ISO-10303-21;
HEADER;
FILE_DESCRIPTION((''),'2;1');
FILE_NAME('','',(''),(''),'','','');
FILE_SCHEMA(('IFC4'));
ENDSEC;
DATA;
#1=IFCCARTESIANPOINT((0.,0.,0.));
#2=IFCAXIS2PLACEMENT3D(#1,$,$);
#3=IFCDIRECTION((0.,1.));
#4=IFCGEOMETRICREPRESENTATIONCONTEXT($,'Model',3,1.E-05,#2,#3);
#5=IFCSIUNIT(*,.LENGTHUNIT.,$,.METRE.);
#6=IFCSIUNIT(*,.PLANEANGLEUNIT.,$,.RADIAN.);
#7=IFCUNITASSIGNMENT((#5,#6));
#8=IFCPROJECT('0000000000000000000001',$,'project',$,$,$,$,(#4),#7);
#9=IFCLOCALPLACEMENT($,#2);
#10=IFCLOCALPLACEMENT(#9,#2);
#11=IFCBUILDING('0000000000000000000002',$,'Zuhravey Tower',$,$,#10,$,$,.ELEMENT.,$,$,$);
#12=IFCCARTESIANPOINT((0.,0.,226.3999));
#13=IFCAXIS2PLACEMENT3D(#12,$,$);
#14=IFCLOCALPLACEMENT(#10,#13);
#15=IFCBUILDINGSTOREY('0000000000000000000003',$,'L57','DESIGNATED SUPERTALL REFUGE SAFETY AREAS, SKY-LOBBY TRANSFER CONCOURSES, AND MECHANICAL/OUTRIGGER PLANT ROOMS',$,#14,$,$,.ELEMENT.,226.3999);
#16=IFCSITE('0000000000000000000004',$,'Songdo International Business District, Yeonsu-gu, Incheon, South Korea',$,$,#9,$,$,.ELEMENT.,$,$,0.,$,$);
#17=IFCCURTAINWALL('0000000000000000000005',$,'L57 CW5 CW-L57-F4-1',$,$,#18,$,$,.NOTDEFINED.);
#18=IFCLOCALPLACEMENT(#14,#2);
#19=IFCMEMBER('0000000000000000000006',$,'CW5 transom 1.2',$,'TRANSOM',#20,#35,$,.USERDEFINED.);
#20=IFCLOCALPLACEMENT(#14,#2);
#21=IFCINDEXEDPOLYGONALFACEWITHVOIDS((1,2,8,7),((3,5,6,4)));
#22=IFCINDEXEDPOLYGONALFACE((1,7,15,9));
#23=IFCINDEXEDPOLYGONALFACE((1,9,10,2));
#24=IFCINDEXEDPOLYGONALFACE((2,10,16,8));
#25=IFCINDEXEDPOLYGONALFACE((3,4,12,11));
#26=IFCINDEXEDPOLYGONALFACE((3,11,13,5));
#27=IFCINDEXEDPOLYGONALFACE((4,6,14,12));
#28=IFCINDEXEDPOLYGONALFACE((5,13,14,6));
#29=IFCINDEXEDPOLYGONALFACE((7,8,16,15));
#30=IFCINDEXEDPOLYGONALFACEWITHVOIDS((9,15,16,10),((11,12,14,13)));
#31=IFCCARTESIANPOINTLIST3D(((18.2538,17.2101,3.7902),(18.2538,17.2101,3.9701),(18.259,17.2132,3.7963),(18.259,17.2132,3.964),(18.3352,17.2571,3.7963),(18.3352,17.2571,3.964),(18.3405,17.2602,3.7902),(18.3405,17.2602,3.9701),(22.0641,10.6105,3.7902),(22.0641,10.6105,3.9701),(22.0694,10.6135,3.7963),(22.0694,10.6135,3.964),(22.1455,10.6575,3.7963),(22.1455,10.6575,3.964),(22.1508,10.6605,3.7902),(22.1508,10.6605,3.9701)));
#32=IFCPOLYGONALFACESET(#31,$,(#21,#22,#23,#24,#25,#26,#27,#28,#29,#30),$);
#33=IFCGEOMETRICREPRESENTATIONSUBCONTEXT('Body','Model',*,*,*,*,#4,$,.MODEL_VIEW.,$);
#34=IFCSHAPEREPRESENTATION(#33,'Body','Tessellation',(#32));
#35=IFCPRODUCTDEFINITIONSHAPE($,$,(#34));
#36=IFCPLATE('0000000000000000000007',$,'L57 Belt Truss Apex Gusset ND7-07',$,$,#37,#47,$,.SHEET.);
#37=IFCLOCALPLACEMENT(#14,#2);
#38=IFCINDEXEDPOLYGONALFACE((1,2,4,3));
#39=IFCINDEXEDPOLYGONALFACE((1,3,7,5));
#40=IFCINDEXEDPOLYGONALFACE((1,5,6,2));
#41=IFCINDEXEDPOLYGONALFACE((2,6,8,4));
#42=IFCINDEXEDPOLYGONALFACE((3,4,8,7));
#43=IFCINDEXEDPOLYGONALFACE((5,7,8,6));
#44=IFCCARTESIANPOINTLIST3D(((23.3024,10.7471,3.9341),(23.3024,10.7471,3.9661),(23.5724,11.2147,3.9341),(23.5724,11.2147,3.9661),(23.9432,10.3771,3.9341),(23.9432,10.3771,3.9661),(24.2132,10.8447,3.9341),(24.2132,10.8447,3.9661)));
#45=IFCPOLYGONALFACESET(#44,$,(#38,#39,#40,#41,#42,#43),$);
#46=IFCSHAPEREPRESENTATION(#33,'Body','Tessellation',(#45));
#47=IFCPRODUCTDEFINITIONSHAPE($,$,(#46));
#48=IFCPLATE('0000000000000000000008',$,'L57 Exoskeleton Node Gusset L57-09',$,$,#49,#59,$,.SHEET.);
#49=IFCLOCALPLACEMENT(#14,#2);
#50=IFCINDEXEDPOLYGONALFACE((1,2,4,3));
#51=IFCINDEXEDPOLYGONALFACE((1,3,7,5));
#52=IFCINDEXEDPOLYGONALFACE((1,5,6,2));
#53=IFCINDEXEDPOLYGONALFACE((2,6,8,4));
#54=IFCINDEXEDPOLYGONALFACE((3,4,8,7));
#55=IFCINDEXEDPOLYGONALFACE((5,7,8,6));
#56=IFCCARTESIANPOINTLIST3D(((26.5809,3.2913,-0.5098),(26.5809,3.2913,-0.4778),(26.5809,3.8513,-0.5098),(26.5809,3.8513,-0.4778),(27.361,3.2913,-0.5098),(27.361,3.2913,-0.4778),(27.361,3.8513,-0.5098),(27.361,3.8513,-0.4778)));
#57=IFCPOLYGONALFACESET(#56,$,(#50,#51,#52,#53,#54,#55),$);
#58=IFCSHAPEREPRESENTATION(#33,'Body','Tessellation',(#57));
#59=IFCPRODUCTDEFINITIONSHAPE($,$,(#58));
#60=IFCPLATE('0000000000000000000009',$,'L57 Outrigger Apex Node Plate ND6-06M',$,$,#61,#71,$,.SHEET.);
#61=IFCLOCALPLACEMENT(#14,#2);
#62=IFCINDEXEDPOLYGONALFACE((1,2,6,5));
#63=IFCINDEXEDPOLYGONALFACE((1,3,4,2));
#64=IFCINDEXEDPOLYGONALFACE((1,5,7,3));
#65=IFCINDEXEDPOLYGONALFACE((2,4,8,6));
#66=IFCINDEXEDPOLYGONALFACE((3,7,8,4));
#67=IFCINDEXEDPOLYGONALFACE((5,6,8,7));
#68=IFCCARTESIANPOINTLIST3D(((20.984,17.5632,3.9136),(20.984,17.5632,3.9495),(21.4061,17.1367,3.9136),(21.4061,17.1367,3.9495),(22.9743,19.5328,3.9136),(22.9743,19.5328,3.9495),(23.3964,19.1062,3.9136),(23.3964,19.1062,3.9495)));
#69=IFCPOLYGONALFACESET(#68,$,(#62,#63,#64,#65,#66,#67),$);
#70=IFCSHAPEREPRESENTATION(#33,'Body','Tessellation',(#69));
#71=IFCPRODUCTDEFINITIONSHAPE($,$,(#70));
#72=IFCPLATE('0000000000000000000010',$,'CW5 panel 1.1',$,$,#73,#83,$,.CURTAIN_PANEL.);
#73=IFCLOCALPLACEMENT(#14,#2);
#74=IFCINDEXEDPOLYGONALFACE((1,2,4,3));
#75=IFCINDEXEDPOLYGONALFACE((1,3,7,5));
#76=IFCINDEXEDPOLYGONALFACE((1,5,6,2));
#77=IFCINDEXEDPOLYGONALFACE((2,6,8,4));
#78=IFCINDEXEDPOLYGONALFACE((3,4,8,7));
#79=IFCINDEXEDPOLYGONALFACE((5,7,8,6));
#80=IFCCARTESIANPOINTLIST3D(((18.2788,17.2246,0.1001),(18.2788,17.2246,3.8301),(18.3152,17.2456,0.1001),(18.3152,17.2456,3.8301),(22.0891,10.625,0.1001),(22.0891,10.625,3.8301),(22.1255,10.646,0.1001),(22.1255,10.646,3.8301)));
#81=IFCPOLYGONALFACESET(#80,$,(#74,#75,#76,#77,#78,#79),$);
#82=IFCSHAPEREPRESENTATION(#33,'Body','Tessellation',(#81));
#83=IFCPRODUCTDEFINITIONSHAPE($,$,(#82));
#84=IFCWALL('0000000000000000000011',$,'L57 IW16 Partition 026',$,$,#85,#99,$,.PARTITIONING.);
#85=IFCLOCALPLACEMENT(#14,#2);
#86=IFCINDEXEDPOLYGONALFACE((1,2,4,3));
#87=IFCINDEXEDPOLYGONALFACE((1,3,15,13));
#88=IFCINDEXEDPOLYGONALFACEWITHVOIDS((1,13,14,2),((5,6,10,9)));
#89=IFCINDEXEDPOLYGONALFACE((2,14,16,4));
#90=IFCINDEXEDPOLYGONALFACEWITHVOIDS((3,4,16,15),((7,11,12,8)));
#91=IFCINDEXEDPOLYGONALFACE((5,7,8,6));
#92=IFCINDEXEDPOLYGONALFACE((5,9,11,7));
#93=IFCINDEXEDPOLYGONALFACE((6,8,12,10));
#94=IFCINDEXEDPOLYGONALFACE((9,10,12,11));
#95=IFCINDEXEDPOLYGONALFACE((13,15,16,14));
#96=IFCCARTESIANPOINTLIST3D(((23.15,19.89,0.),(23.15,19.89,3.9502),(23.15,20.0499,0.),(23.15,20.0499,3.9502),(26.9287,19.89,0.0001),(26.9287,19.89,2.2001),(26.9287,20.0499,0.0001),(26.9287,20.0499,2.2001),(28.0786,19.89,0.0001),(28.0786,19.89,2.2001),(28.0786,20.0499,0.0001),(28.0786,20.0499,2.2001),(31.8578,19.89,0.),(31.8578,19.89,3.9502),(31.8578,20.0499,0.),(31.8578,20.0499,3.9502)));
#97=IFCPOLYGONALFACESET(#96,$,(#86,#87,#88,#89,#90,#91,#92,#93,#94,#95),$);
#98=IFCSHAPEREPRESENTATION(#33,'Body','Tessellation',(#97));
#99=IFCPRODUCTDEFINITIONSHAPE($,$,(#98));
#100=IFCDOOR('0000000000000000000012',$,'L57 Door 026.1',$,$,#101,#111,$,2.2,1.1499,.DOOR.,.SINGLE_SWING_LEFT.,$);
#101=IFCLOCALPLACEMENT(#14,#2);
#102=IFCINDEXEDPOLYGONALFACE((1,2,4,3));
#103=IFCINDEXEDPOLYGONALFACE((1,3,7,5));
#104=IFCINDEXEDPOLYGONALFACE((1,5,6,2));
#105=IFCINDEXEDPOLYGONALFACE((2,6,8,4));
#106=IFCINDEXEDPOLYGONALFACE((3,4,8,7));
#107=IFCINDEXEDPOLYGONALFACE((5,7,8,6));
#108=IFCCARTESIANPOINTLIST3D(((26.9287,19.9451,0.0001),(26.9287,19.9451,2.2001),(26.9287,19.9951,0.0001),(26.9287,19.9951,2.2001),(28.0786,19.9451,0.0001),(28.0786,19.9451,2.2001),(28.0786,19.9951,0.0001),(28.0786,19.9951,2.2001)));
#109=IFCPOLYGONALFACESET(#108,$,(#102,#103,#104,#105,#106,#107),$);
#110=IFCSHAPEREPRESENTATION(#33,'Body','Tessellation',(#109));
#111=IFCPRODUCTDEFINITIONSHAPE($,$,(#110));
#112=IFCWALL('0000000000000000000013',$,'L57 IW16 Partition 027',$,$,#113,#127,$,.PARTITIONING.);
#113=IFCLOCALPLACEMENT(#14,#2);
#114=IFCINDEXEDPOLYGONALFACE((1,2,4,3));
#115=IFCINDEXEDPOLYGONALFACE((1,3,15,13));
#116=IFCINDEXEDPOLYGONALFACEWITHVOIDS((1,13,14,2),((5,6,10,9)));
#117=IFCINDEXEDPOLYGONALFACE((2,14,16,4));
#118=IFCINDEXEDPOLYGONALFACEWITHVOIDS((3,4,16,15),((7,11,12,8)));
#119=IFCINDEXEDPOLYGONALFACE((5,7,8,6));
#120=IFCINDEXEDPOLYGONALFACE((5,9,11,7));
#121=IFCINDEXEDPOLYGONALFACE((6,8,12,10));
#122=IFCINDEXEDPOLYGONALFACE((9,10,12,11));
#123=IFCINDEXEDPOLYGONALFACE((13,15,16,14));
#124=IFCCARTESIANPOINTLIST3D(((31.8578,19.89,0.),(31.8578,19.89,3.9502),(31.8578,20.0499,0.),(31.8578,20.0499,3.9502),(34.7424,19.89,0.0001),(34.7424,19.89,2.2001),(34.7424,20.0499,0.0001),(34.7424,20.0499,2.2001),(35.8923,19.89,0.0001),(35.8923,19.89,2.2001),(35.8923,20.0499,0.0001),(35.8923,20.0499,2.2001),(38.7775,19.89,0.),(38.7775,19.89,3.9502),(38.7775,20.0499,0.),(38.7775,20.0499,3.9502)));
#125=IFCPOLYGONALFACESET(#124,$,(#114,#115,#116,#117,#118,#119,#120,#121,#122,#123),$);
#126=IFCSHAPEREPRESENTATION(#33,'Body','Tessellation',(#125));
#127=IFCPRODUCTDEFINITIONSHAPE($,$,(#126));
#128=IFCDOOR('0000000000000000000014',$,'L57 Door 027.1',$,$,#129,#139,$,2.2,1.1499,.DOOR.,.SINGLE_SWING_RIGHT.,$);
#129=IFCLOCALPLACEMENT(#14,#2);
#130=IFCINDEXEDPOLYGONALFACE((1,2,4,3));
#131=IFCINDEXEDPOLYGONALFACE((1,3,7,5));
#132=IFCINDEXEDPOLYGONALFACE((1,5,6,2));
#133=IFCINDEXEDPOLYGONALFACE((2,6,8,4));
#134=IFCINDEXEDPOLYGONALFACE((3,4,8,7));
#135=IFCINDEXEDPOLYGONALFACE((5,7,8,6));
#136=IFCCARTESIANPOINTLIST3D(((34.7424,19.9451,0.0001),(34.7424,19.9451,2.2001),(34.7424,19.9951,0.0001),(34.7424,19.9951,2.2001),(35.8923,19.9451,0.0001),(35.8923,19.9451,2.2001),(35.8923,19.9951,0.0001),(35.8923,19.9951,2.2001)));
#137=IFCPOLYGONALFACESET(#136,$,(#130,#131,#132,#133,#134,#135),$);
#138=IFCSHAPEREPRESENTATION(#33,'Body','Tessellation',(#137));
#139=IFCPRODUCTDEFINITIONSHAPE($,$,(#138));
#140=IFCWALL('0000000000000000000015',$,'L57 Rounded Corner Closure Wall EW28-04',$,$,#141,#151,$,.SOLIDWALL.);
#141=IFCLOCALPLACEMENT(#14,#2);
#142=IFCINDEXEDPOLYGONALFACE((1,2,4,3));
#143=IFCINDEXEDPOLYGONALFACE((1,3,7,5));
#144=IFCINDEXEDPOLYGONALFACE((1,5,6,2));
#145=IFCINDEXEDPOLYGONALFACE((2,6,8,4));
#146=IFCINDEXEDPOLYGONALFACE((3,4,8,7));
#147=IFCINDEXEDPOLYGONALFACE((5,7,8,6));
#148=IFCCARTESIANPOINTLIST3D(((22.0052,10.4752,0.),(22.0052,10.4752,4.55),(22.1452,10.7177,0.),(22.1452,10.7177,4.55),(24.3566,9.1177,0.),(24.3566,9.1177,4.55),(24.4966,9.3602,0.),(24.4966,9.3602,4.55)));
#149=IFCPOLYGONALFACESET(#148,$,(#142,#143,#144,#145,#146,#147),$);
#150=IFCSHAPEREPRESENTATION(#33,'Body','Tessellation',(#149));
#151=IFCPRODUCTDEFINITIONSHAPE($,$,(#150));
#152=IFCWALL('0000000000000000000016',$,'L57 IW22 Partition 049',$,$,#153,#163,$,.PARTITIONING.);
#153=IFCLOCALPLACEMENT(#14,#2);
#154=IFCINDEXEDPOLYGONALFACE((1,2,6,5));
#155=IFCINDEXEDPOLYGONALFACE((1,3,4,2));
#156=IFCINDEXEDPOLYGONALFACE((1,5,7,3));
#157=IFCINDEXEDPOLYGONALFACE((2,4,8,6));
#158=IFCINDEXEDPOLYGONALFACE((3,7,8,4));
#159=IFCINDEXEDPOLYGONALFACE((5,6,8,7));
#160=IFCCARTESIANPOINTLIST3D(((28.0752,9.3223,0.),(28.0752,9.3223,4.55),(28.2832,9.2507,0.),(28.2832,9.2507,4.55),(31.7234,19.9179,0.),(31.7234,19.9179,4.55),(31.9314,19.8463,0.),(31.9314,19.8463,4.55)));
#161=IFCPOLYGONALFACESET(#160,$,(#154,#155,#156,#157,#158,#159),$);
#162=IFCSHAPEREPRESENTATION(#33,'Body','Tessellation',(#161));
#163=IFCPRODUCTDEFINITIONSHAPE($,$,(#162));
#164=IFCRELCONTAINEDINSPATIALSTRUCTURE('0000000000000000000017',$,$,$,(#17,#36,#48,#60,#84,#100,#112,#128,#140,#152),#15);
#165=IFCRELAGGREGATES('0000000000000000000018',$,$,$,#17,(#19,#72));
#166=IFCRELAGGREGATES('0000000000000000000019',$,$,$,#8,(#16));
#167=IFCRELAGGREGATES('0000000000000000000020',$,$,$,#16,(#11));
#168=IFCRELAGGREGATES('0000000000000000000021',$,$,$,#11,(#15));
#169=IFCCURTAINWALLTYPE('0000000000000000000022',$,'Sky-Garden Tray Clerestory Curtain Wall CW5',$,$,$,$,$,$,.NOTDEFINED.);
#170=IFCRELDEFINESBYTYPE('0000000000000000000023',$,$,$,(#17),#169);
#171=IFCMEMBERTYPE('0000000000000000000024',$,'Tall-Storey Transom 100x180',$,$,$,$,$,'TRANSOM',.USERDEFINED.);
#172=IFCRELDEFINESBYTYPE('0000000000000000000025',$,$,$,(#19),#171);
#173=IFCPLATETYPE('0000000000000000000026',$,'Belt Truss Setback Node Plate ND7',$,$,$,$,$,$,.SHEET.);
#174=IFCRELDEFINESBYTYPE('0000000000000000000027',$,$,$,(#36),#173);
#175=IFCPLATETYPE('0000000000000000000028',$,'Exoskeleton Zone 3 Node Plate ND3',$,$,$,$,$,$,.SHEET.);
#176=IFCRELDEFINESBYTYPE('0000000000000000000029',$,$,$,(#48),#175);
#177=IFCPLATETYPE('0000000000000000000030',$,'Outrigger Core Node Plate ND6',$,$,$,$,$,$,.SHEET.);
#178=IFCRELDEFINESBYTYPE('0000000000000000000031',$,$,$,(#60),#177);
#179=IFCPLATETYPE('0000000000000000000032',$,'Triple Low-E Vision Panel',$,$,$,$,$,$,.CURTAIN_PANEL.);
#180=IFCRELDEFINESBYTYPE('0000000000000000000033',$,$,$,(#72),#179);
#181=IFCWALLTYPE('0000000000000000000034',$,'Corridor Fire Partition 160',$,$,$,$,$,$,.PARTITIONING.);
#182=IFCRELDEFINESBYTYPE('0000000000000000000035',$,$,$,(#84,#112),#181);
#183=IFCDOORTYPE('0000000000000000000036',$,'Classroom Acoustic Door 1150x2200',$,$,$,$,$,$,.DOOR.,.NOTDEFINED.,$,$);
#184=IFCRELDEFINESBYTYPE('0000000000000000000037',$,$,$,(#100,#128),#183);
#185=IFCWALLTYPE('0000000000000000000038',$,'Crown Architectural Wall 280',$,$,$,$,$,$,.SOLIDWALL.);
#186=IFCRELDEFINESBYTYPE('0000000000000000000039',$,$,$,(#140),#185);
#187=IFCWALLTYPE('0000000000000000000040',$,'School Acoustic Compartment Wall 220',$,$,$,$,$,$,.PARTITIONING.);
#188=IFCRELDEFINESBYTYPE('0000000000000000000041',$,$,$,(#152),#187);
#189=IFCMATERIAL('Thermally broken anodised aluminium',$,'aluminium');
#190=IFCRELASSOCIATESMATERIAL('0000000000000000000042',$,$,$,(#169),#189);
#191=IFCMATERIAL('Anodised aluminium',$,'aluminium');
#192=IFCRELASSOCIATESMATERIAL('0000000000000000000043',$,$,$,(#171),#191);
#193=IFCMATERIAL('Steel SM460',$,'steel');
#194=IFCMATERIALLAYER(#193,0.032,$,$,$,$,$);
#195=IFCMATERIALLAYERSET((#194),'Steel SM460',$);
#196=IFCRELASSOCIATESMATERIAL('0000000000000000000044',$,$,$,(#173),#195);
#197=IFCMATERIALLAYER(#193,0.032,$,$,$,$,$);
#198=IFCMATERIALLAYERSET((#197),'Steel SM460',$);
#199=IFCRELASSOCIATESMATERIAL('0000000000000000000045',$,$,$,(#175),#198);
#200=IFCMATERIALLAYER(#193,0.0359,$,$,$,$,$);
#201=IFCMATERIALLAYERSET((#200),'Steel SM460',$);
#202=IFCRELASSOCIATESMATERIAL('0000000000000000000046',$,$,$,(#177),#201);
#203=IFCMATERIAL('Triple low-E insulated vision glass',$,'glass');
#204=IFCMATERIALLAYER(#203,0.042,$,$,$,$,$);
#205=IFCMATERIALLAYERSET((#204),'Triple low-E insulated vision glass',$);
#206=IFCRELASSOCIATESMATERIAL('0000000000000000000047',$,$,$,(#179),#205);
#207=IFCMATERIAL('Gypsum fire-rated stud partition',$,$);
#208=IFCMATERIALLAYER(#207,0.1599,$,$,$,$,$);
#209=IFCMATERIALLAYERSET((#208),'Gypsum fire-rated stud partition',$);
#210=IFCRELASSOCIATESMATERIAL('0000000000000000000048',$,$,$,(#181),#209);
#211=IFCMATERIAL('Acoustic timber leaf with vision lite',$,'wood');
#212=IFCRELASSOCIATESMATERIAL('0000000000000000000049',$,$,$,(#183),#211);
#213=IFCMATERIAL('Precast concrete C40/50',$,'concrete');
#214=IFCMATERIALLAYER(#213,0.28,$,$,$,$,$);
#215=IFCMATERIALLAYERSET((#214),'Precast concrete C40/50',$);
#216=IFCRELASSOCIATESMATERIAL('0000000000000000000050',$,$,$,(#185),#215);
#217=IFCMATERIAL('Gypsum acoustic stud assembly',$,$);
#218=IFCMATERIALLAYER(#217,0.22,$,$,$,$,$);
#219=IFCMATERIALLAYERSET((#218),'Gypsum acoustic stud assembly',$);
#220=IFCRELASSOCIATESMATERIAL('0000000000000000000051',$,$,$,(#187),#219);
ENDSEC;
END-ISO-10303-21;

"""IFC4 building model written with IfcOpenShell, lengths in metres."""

from ifc_helpers import new_model, si_unit, direction, frame, frame_2d, origin, origin_2d, place, context, subcontext, project, spatial, rectangle, hollow_rectangle, extrude, material, layer, layer_set, material_profile, profile_set, type_object, element, fill, aggregate, save


model = new_model("IFC4")

# Units and contexts
model_context = context("Model", 3, precision=1e-05, world=origin(), true_north=direction((0.0, 1.0)))
body_context = subcontext(model_context, "Body", "Model", "MODEL_VIEW")
ifc_project = project(units=[si_unit("LENGTHUNIT", "METRE"), si_unit("PLANEANGLEUNIT", "RADIAN")], contexts=[model_context])

# Site, building, storey
site_placement = place(None, origin())
site = spatial("IfcSite", under=ifc_project, at=site_placement, Name="Songdo International Business District, Yeonsu-gu, Incheon, South Korea", CompositionType="ELEMENT", RefElevation=0.0)
building_placement = place(site_placement, origin())
building = spatial("IfcBuilding", under=site, at=building_placement, Name="Zuhravey Tower", CompositionType="ELEMENT")
storey_placement = place(building_placement, frame((0.0, 0.0, 226.3999)))
storey = spatial("IfcBuildingStorey", under=building, at=storey_placement, Name="L57", Description="DESIGNATED SUPERTALL REFUGE SAFETY AREAS, SKY-LOBBY TRANSFER CONCOURSES, AND MECHANICAL/OUTRIGGER PLANT ROOMS", CompositionType="ELEMENT", Elevation=226.3999)

# Shared definitions
ifc_material_1 = material(Name="Steel SM460", Category="steel")

# Curtain wall
ifc_material_2 = material(Name="Thermally broken anodised aluminium", Category="aluminium")
curtain_wall_type = type_object("IfcCurtainWallType", Name="Sky-Garden Tray Clerestory Curtain Wall CW5", PredefinedType="NOTDEFINED", material=ifc_material_2)
curtain_wall_placement = place(storey_placement, origin())
curtain_wall = element("IfcCurtainWall", 1, at=curtain_wall_placement, inside=storey, type_object=curtain_wall_type, Name="L57 CW5 CW-L57-F4-1", PredefinedType="NOTDEFINED")
ifc_material_3 = material(Name="Anodised aluminium", Category="aluminium")

# Member
ifc_material_profile_1 = material_profile(ifc_material_3, hollow_rectangle(XDim=0.1001, YDim=0.1799, WallThickness=0.0061, at=origin_2d()), Name="ALU-RHS-100x180x6")
ifc_profile_set_1 = profile_set([ifc_material_profile_1], Name="Anodised aluminium")
member_type_1 = type_object("IfcMemberType", Name="Tall-Storey Transom 100x180", ElementType="TRANSOM", PredefinedType="USERDEFINED", material=ifc_profile_set_1)
member_1_placement = place(storey_placement, frame((22.1074, 10.6355, 3.8801), z_axis=(-0.500002, 0.866024, 0.0), x_axis=(-0.866024, -0.500002, 0.0)))
member_1 = element("IfcMember", 2, at=member_1_placement, type_object=member_type_1, Name="CW5 transom 1.2", ObjectType="TRANSOM", PredefinedType="USERDEFINED", context=body_context, shape_type="SweptSolid", body=[
    extrude(hollow_rectangle(XDim=0.1001, YDim=0.1799, WallThickness=0.0061, at=origin_2d()), origin(), (0.0, 0.0, 1.0), 7.6206),
])

# Plates
ifc_layer_1 = layer(ifc_material_1, 0.032)
ifc_layer_set_1 = layer_set([ifc_layer_1], Name="Steel SM460")
plate_type_1 = type_object("IfcPlateType", Name="Belt Truss Setback Node Plate ND7", PredefinedType="SHEET", material=ifc_layer_set_1)
plate_1_placement = place(storey_placement, frame((23.7578, 10.7959, 3.9341), z_axis=(0.0, 0.0, 1.0), x_axis=(0.866025, -0.5, 0.0)))
element("IfcPlate", 3, at=plate_1_placement, inside=storey, type_object=plate_type_1, Name="L57 Belt Truss Apex Gusset ND7-07", PredefinedType="SHEET", context=body_context, shape_type="SweptSolid", body=[
    extrude(rectangle(XDim=0.74, YDim=0.54, at=origin_2d()), origin(), (0.0, 0.0, 1.0), 0.032),
])
ifc_layer_2 = layer(ifc_material_1, 0.032)
ifc_layer_set_2 = layer_set([ifc_layer_2], Name="Steel SM460")
plate_type_2 = type_object("IfcPlateType", Name="Exoskeleton Zone 3 Node Plate ND3", PredefinedType="SHEET", material=ifc_layer_set_2)
plate_2_placement = place(storey_placement, frame((26.9709, 3.5713, -0.5098), z_axis=(0.0, 0.0, 1.0), x_axis=(1.0, 0.0, 0.0)))
element("IfcPlate", 4, at=plate_2_placement, inside=storey, type_object=plate_type_2, Name="L57 Exoskeleton Node Gusset L57-09", PredefinedType="SHEET", context=body_context, shape_type="SweptSolid", body=[
    extrude(rectangle(XDim=0.78, YDim=0.5601, at=origin_2d()), origin(), (0.0, 0.0, 1.0), 0.032),
])
ifc_layer_3 = layer(ifc_material_1, 0.0359)
ifc_layer_set_3 = layer_set([ifc_layer_3], Name="Steel SM460")
plate_type_3 = type_object("IfcPlateType", Name="Outrigger Core Node Plate ND6", PredefinedType="SHEET", material=ifc_layer_set_3)
plate_3_placement = place(storey_placement, frame((22.1902, 18.3347, 3.9136), z_axis=(0.0, 0.0, 1.0), x_axis=(-0.710799, -0.703395, 0.0)))
element("IfcPlate", 5, at=plate_3_placement, inside=storey, type_object=plate_type_3, Name="L57 Outrigger Apex Node Plate ND6-06M", PredefinedType="SHEET", context=body_context, shape_type="SweptSolid", body=[
    extrude(rectangle(XDim=2.8, YDim=0.6001, at=origin_2d()), origin(), (0.0, 0.0, 1.0), 0.0359),
])

# Plate
ifc_material_4 = material(Name="Triple low-E insulated vision glass", Category="glass")
ifc_layer_4 = layer(ifc_material_4, 0.042)
ifc_layer_set_4 = layer_set([ifc_layer_4], Name="Triple low-E insulated vision glass")
plate_type_4 = type_object("IfcPlateType", Name="Triple Low-E Vision Panel", PredefinedType="CURTAIN_PANEL", material=ifc_layer_set_4)
plate_4_placement = place(storey_placement, frame((20.2021, 13.9353, 0.1001), z_axis=(0.0, 0.0, 1.0), x_axis=(-0.5, 0.866025, 0.0)))
plate_4 = element("IfcPlate", 6, at=plate_4_placement, type_object=plate_type_4, Name="CW5 panel 1.1", PredefinedType="CURTAIN_PANEL", context=body_context, shape_type="SweptSolid", body=[
    extrude(rectangle(XDim=7.6206, YDim=0.042, at=origin_2d()), origin(), (0.0, 0.0, 1.0), 3.73),
])
aggregate(curtain_wall, [member_1, plate_4])

# Walls, openings, doors
ifc_material_5 = material(Name="Gypsum fire-rated stud partition")
ifc_layer_5 = layer(ifc_material_5, 0.1599)
ifc_layer_set_5 = layer_set([ifc_layer_5], Name="Gypsum fire-rated stud partition")
wall_type_1 = type_object("IfcWallType", Name="Corridor Fire Partition 160", PredefinedType="PARTITIONING", material=ifc_layer_set_5)
wall_1_placement = place(storey_placement, frame((23.1499, 19.97, 0.0), z_axis=(0.0, 0.0, 1.0), x_axis=(1.0, 0.0, 0.0)))
wall_1 = element("IfcWall", 7, at=wall_1_placement, inside=storey, type_object=wall_type_1, Name="L57 IW16 Partition 026", PredefinedType="PARTITIONING", context=body_context, shape_type="SweptSolid", body=[
    extrude(rectangle(XDim=8.7078, YDim=0.1599, at=frame_2d((4.354, 0.0))), origin(), (0.0, 0.0, 1.0), 3.9502),
])
opening_1_placement = place(wall_1_placement, frame((3.7788, 0.0, 0.0)))
opening_1 = element("IfcOpeningElement", 8, at=opening_1_placement, cuts=wall_1, PredefinedType="OPENING", context=body_context, shape_type="SweptSolid", body=[
    extrude(rectangle(XDim=1.1499, YDim=2.2, at=frame_2d((0.575, 1.1001))), frame((0.0, 0.092, 0.0), z_axis=(0.0, -1.0, 0.0), x_axis=(1.0, 0.0, 0.0)), (0.0, 0.0, 1.0), 0.1838),
])
ifc_material_6 = material(Name="Acoustic timber leaf with vision lite", Category="wood")
door_type = type_object("IfcDoorType", Name="Classroom Acoustic Door 1150x2200", OperationType="NOTDEFINED", PredefinedType="DOOR", material=ifc_material_6)
door_1_placement = place(opening_1_placement, frame((1.1499, 0.0, 0.0), z_axis=(0.0, 0.0, 1.0), x_axis=(-1.0, 0.0, 0.0)))
door_1 = element("IfcDoor", 9, at=door_1_placement, inside=storey, type_object=door_type, Name="L57 Door 026.1", OperationType="SINGLE_SWING_LEFT", OverallHeight=2.2, OverallWidth=1.1499, PredefinedType="DOOR", context=body_context, shape_type="SweptSolid", body=[
    extrude(rectangle(XDim=1.1499, YDim=2.2, at=frame_2d((0.575, 1.1001))), frame((0.0, 0.0249, 0.0), z_axis=(0.0, -1.0, 0.0), x_axis=(1.0, 0.0, 0.0)), (0.0, 0.0, 1.0), 0.05),
])
fill(opening_1, door_1)
wall_2_placement = place(storey_placement, frame((31.8577, 19.97, 0.0), z_axis=(0.0, 0.0, 1.0), x_axis=(1.0, 0.0, 0.0)))
wall_2 = element("IfcWall", 10, at=wall_2_placement, inside=storey, type_object=wall_type_1, Name="L57 IW16 Partition 027", PredefinedType="PARTITIONING", context=body_context, shape_type="SweptSolid", body=[
    extrude(rectangle(XDim=6.9197, YDim=0.1599, at=frame_2d((3.46, 0.0))), origin(), (0.0, 0.0, 1.0), 3.9502),
])
opening_2_placement = place(wall_2_placement, frame((2.8848, 0.0, 0.0)))
opening_2 = element("IfcOpeningElement", 11, at=opening_2_placement, cuts=wall_2, PredefinedType="OPENING", context=body_context, shape_type="SweptSolid", body=[
    extrude(rectangle(XDim=1.1499, YDim=2.2, at=frame_2d((0.575, 1.1001))), frame((0.0, 0.092, 0.0), z_axis=(0.0, -1.0, 0.0), x_axis=(1.0, 0.0, 0.0)), (0.0, 0.0, 1.0), 0.1838),
])
door_2_placement = place(opening_2_placement, frame((1.1499, 0.0, 0.0), z_axis=(0.0, 0.0, 1.0), x_axis=(-1.0, 0.0, 0.0)))
door_2 = element("IfcDoor", 12, at=door_2_placement, inside=storey, type_object=door_type, Name="L57 Door 027.1", OperationType="SINGLE_SWING_RIGHT", OverallHeight=2.2, OverallWidth=1.1499, PredefinedType="DOOR", context=body_context, shape_type="SweptSolid", body=[
    extrude(rectangle(XDim=1.1499, YDim=2.2, at=frame_2d((0.575, 1.1001))), frame((0.0, 0.0249, 0.0), z_axis=(0.0, -1.0, 0.0), x_axis=(1.0, 0.0, 0.0)), (0.0, 0.0, 1.0), 0.05),
])
fill(opening_2, door_2)

# Walls
ifc_material_7 = material(Name="Precast concrete C40/50", Category="concrete")
ifc_layer_6 = layer(ifc_material_7, 0.28)
ifc_layer_set_6 = layer_set([ifc_layer_6], Name="Precast concrete C40/50")
wall_type_2 = type_object("IfcWallType", Name="Crown Architectural Wall 280", PredefinedType="SOLIDWALL", material=ifc_layer_set_6)
wall_3_placement = place(storey_placement, frame((24.4265, 9.239, 0.0), z_axis=(0.0, 0.0, 1.0), x_axis=(-0.866043, 0.499969, 0.0)))
element("IfcWall", 13, at=wall_3_placement, inside=storey, type_object=wall_type_2, Name="L57 Rounded Corner Closure Wall EW28-04", PredefinedType="SOLIDWALL", context=body_context, shape_type="SweptSolid", body=[
    extrude(rectangle(XDim=2.7151, YDim=0.28, at=frame_2d((1.3574, 0.0))), origin(), (0.0, 0.0, 1.0), 4.55),
])
ifc_material_8 = material(Name="Gypsum acoustic stud assembly")
ifc_layer_7 = layer(ifc_material_8, 0.22)
ifc_layer_set_7 = layer_set([ifc_layer_7], Name="Gypsum acoustic stud assembly")
wall_type_3 = type_object("IfcWallType", Name="School Acoustic Compartment Wall 220", PredefinedType="PARTITIONING", material=ifc_layer_set_7)
wall_4_placement = place(storey_placement, frame((31.8274, 19.8821, 0.0), z_axis=(0.0, 0.0, 1.0), x_axis=(-0.325552, -0.945524, 0.0)))
element("IfcWall", 14, at=wall_4_placement, inside=storey, type_object=wall_type_3, Name="L57 IW22 Partition 049", PredefinedType="PARTITIONING", context=body_context, shape_type="SweptSolid", body=[
    extrude(rectangle(XDim=11.2061, YDim=0.22, at=frame_2d((5.603, 0.0))), origin(), (0.0, 0.0, 1.0), 4.55),
])

save(model, "model.ifc")
